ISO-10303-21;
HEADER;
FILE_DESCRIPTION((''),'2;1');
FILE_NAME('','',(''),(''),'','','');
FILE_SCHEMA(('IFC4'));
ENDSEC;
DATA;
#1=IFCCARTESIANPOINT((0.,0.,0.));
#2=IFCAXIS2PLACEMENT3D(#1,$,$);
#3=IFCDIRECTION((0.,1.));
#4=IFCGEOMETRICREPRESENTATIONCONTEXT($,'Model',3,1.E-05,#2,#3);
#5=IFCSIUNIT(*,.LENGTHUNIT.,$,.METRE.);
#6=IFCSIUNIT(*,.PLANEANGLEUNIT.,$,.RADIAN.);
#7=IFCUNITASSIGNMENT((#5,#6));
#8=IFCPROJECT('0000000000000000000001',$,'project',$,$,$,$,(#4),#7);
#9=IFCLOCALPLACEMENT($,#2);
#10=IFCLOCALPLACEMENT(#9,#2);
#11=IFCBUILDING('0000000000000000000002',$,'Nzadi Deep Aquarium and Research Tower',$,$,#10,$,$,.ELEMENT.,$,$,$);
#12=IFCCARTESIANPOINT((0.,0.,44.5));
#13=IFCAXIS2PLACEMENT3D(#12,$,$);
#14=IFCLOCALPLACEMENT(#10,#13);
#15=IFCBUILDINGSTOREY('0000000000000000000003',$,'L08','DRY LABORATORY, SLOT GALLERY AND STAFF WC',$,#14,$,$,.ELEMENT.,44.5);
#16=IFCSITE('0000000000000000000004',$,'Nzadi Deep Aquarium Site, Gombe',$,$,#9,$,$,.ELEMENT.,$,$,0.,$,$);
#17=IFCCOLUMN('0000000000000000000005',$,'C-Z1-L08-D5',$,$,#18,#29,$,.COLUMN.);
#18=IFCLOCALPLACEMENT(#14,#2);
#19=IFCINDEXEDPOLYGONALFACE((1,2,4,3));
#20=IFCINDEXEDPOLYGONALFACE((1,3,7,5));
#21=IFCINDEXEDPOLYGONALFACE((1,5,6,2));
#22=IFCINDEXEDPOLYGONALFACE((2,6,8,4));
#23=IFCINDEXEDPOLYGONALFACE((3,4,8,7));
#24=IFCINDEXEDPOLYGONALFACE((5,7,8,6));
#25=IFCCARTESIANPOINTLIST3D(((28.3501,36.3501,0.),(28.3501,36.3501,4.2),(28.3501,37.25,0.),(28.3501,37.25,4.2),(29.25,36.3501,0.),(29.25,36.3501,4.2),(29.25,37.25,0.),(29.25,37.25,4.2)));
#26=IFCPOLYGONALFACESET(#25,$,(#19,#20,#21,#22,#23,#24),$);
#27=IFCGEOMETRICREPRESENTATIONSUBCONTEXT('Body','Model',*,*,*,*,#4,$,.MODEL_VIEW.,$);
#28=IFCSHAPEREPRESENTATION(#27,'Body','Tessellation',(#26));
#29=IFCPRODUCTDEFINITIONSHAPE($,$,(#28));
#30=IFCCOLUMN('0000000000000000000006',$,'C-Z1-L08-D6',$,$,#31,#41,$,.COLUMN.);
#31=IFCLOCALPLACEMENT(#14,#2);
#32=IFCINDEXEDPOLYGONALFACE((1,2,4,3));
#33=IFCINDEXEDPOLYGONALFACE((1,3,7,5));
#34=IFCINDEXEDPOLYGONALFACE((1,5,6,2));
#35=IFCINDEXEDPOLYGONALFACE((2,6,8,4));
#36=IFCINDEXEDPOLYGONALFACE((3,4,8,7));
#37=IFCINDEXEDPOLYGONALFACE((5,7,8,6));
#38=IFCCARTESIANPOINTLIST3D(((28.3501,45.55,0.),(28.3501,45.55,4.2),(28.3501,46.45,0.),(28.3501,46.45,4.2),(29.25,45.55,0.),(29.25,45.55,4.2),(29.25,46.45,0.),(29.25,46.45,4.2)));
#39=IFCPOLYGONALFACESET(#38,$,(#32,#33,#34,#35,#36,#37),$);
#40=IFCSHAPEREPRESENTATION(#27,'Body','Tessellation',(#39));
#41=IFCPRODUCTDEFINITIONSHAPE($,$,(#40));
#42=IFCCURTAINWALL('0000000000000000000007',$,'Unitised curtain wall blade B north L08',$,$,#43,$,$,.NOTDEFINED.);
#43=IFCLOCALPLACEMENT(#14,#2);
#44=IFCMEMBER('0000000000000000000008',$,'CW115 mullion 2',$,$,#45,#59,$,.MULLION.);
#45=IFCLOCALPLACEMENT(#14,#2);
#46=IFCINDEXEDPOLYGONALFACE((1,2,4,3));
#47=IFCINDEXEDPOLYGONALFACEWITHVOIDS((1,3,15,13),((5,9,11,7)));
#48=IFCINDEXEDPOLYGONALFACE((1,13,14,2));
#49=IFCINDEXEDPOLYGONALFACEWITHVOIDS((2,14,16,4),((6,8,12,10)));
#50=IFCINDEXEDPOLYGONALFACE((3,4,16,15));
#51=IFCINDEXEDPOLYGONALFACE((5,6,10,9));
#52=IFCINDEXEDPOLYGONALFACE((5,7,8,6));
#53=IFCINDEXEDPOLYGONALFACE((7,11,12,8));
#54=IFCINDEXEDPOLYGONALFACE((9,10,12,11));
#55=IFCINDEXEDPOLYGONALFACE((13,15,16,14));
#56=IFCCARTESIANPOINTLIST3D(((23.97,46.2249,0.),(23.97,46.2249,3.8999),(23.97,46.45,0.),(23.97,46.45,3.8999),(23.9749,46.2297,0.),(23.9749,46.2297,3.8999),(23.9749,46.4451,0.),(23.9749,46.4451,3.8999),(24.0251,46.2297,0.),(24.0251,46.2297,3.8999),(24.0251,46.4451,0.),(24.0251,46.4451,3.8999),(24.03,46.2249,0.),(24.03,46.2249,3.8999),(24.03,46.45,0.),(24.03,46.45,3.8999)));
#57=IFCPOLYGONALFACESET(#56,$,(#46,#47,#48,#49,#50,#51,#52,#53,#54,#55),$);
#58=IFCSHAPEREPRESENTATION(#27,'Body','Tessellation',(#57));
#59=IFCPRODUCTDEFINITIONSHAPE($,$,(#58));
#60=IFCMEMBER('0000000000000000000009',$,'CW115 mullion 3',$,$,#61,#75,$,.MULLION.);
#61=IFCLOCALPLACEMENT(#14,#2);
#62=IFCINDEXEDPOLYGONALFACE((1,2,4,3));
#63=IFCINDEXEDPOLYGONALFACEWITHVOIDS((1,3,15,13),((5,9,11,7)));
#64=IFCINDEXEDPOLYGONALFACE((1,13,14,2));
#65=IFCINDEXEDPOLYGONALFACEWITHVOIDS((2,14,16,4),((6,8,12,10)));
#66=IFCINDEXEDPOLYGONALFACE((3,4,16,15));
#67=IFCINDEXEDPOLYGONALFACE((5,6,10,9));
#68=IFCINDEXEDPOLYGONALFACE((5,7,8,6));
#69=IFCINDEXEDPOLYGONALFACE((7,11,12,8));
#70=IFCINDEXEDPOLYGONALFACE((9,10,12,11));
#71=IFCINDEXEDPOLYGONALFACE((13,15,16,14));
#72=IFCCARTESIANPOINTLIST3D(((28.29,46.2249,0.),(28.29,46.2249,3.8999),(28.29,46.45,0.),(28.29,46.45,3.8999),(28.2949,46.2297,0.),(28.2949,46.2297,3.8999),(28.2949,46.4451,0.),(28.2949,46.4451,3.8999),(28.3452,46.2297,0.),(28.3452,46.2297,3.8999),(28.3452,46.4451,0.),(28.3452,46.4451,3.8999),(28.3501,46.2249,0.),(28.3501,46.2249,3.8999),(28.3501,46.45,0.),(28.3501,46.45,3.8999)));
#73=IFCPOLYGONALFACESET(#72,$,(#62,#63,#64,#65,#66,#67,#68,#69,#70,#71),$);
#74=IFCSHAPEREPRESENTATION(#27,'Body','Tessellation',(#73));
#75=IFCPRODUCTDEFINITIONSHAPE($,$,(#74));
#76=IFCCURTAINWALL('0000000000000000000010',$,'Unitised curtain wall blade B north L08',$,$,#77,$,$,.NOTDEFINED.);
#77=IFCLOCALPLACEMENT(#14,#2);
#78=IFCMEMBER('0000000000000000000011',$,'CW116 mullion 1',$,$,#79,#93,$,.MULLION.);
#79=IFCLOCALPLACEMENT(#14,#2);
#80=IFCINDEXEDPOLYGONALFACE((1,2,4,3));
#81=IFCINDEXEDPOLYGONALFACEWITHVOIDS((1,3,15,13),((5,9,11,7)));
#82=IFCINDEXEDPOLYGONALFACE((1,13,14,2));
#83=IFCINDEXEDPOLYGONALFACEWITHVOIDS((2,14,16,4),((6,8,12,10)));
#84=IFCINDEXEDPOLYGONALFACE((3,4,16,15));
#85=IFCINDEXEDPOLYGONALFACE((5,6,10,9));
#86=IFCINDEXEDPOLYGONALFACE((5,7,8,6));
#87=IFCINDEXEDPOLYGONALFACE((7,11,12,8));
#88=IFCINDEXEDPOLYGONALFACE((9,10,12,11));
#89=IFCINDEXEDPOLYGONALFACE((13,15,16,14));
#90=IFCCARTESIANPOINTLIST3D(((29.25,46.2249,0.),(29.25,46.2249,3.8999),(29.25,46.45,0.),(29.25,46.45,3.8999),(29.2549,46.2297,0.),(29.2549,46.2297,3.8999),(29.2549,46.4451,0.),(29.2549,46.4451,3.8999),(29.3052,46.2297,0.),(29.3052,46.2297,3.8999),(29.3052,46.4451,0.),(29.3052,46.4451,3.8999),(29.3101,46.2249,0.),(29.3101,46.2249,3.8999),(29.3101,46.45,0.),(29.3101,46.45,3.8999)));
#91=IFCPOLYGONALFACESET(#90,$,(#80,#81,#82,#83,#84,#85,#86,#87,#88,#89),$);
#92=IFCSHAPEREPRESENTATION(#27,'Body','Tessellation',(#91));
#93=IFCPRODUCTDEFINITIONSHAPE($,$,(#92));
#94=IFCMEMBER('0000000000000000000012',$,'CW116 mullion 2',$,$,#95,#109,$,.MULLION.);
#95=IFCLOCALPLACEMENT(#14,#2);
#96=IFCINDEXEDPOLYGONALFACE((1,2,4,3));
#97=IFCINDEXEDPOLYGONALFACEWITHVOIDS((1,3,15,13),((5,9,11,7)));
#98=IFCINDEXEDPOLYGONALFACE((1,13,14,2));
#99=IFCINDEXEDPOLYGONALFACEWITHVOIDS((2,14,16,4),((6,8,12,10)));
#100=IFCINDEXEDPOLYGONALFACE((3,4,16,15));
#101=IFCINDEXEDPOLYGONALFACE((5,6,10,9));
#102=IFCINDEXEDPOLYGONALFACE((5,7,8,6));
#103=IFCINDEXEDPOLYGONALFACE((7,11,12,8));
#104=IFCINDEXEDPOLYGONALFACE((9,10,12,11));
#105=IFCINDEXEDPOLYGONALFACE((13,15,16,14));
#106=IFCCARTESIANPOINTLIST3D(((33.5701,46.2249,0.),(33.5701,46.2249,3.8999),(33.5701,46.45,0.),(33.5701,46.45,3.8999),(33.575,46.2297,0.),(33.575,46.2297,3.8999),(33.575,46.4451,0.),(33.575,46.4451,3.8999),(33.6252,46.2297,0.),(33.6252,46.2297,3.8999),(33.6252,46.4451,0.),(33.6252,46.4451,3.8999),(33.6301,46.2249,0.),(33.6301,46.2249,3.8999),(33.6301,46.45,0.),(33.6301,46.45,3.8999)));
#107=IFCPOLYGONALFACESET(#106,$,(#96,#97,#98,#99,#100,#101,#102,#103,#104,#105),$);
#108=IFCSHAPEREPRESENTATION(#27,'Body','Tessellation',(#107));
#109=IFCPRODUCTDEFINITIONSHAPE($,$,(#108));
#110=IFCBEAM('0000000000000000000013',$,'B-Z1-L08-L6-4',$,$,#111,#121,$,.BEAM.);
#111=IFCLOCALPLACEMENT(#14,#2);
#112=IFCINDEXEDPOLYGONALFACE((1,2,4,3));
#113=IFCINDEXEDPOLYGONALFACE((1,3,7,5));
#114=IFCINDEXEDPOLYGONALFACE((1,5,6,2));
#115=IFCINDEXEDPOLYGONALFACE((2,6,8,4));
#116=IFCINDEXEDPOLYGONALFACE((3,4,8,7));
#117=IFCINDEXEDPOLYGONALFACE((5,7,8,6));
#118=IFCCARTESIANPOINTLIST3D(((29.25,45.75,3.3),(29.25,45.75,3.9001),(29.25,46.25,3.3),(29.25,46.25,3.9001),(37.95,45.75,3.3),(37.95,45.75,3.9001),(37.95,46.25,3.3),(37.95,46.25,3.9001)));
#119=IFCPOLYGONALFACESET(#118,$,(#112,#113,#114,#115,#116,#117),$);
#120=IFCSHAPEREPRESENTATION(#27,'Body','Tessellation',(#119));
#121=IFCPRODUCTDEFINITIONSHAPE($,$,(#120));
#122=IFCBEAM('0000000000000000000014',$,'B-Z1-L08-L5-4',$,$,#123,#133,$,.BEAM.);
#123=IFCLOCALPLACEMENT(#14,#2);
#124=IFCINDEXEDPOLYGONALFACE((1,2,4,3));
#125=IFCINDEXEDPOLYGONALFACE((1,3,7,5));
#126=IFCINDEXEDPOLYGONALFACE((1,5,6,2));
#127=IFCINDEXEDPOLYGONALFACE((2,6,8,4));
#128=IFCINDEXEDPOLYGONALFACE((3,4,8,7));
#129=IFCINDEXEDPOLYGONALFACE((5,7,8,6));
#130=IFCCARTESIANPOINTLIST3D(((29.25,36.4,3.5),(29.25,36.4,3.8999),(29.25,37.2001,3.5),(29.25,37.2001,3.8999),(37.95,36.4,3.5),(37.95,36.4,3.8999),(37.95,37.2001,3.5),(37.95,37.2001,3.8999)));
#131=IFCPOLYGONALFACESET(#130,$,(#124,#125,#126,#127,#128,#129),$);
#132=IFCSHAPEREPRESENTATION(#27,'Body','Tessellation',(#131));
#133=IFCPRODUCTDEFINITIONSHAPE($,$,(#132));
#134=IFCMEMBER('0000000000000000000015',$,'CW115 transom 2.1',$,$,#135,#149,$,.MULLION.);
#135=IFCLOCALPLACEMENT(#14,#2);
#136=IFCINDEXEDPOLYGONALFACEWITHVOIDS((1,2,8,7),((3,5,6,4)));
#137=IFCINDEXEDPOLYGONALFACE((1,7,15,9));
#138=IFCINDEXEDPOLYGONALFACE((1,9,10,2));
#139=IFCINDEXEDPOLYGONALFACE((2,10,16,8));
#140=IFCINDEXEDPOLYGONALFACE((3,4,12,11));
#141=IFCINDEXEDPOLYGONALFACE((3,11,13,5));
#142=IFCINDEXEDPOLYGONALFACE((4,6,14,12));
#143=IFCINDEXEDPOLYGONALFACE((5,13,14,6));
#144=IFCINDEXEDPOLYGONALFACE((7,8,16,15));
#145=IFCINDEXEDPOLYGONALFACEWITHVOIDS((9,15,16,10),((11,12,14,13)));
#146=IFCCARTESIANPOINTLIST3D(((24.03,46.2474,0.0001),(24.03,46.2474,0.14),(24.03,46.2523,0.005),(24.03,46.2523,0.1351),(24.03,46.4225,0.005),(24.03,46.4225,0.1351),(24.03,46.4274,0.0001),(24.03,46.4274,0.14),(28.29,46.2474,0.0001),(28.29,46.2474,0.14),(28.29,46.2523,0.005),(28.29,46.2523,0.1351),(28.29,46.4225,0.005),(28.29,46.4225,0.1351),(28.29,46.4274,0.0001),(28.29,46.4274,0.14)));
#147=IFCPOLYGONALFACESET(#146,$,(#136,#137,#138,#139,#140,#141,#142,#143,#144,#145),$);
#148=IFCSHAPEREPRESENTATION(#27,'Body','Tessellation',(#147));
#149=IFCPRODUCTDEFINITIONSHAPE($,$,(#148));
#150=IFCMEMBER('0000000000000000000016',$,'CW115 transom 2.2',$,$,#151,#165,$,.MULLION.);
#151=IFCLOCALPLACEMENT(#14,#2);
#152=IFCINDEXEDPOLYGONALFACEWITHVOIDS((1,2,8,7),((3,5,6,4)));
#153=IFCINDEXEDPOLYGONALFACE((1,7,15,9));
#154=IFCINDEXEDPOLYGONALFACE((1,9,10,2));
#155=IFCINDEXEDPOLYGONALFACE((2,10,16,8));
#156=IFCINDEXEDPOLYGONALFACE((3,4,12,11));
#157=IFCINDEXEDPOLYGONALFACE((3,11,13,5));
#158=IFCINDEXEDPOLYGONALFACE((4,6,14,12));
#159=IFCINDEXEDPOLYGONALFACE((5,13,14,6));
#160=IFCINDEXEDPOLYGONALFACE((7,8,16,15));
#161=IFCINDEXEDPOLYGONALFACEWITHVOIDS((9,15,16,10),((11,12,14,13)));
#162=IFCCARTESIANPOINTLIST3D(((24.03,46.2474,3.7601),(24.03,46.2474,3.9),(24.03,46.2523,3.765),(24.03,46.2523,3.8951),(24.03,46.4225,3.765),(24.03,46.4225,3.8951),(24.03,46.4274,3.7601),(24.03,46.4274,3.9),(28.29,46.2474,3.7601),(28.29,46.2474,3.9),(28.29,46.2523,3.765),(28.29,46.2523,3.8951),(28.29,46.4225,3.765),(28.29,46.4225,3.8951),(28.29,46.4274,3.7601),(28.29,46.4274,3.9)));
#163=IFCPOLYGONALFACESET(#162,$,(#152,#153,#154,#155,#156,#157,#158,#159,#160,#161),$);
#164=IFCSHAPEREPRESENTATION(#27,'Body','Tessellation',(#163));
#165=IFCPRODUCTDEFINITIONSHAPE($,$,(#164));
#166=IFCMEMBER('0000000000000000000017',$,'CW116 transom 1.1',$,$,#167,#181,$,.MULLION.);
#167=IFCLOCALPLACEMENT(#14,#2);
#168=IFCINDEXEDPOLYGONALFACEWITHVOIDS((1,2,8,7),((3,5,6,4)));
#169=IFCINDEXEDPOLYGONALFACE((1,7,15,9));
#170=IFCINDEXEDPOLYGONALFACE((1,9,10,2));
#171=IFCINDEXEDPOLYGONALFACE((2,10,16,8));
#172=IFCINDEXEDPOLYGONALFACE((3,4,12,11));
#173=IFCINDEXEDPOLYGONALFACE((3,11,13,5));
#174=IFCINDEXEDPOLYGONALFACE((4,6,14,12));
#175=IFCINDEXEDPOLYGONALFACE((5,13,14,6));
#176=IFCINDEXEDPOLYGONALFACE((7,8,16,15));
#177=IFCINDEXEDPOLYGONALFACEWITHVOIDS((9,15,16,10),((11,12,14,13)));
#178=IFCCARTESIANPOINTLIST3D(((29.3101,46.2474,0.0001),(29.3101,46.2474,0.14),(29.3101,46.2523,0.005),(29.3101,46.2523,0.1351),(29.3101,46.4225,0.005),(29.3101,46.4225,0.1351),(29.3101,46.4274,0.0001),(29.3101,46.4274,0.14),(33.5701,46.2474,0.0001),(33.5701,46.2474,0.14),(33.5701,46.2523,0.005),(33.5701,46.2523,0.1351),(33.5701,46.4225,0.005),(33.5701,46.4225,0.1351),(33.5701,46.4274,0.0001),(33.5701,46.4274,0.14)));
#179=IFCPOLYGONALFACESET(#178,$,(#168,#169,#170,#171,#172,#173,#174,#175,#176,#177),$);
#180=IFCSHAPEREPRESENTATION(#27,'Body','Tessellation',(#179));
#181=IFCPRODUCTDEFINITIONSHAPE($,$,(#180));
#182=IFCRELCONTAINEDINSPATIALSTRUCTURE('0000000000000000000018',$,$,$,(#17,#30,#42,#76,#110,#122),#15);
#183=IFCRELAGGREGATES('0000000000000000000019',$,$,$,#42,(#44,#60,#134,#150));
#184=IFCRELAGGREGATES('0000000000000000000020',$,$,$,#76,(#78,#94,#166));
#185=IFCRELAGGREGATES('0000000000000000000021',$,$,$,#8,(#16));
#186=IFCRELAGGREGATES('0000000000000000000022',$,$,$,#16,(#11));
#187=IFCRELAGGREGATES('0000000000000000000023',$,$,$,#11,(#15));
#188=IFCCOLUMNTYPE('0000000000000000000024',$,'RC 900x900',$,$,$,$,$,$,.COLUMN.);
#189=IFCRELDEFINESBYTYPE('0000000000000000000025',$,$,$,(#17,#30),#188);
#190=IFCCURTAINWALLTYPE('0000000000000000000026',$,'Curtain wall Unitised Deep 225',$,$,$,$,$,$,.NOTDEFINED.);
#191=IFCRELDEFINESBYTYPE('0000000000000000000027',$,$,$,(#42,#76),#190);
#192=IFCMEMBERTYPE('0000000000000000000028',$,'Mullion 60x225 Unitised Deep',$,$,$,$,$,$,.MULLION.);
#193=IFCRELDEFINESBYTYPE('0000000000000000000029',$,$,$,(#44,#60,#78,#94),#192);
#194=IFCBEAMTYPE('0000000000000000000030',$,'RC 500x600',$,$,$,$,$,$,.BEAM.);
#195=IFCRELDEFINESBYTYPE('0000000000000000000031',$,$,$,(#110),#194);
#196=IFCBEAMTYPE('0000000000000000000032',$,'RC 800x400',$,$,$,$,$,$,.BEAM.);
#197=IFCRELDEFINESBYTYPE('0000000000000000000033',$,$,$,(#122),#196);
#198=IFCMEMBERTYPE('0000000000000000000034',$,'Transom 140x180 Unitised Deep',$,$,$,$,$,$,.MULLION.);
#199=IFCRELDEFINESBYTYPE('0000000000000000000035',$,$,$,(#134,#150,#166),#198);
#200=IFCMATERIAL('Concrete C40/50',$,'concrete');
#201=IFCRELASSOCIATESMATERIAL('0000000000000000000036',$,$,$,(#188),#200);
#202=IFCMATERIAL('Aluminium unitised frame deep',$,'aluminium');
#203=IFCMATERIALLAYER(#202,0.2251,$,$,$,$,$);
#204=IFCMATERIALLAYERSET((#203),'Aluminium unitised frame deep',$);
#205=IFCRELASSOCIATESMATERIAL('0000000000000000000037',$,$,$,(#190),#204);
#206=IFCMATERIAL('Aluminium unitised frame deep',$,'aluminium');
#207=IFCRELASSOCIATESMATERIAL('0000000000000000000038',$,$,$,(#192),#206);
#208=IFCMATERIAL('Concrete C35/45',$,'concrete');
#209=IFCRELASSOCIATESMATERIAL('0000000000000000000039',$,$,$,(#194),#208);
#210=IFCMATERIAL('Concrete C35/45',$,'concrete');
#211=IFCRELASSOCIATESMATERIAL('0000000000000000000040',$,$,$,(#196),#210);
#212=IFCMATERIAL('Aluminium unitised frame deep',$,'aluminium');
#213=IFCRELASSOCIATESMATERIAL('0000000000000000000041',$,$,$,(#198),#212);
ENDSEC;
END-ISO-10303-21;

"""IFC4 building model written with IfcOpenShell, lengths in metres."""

from ifc_helpers import new_model, si_unit, direction, frame, origin, origin_2d, place, context, subcontext, project, spatial, rectangle, hollow_rectangle, extrude, material, layer, layer_set, material_profile, profile_set, type_object, element, aggregate, save


model = new_model("IFC4")

# Units and contexts
model_context = context("Model", 3, precision=1e-05, world=origin(), true_north=direction((0.0, 1.0)))
body_context = subcontext(model_context, "Body", "Model", "MODEL_VIEW")
ifc_project = project(units=[si_unit("LENGTHUNIT", "METRE"), si_unit("PLANEANGLEUNIT", "RADIAN")], contexts=[model_context])

# Site, building, storey
site_placement = place(None, origin())
site = spatial("IfcSite", under=ifc_project, at=site_placement, Name="Nzadi Deep Aquarium Site, Gombe", CompositionType="ELEMENT", RefElevation=0.0)
building_placement = place(site_placement, origin())
building = spatial("IfcBuilding", under=site, at=building_placement, Name="Nzadi Deep Aquarium and Research Tower", CompositionType="ELEMENT")
storey_placement = place(building_placement, frame((0.0, 0.0, 44.5)))
storey = spatial("IfcBuildingStorey", under=building, at=storey_placement, Name="L08", Description="DRY LABORATORY, SLOT GALLERY AND STAFF WC", CompositionType="ELEMENT", Elevation=44.5)

# Columns
ifc_material_1 = material(Name="Concrete C40/50", Category="concrete")
ifc_material_profile_1 = material_profile(ifc_material_1, rectangle(XDim=0.8999, YDim=0.8999, at=origin_2d()))
ifc_profile_set_1 = profile_set([ifc_material_profile_1], Name="Concrete C40/50")
column_type = type_object("IfcColumnType", Name="RC 900x900", PredefinedType="COLUMN", material=ifc_profile_set_1)
for number, where, z_axis, x_axis, name in (
    (1, (28.8, 36.8, 0.0), (0.0, 0.0, 1.0), (1.0, 0.0, 0.0), "C-Z1-L08-D5"),
    (2, (28.8, 46.0, 0.0), (0.0, 0.0, 1.0), (1.0, 0.0, 0.0), "C-Z1-L08-D6"),
):
    element("IfcColumn", number, at=place(storey_placement, frame(where, z_axis=z_axis, x_axis=x_axis)), inside=storey, type_object=column_type, Name=name, PredefinedType="COLUMN", context=body_context, shape_type="SweptSolid", body=[
        extrude(rectangle(XDim=0.8999, YDim=0.8999, at=origin_2d()), origin(), (0.0, 0.0, 1.0), 4.2),
    ])

# Curtain walls, members
ifc_material_2 = material(Name="Aluminium unitised frame deep", Category="aluminium")
ifc_layer_1 = layer(ifc_material_2, 0.2251)
ifc_layer_set_1 = layer_set([ifc_layer_1], Name="Aluminium unitised frame deep")
curtain_wall_type = type_object("IfcCurtainWallType", Name="Curtain wall Unitised Deep 225", PredefinedType="NOTDEFINED", material=ifc_layer_set_1)
curtain_wall_1_placement = place(storey_placement, origin())
curtain_wall_1 = element("IfcCurtainWall", 3, at=curtain_wall_1_placement, inside=storey, type_object=curtain_wall_type, Name="Unitised curtain wall blade B north L08", PredefinedType="NOTDEFINED")
ifc_material_3 = material(Name="Aluminium unitised frame deep", Category="aluminium")
ifc_material_profile_2 = material_profile(ifc_material_3, hollow_rectangle(XDim=0.2251, YDim=0.0601, WallThickness=0.0049, at=origin_2d()))
ifc_profile_set_2 = profile_set([ifc_material_profile_2], Name="Aluminium unitised frame deep")
member_type_1 = type_object("IfcMemberType", Name="Mullion 60x225 Unitised Deep", PredefinedType="MULLION", material=ifc_profile_set_2)
member_1_placement = place(storey_placement, frame((24.0, 46.3374, 0.0), z_axis=(0.0, 0.0, 1.0), x_axis=(0.0, 1.0, 0.0)))
member_1 = element("IfcMember", 4, at=member_1_placement, type_object=member_type_1, Name="CW115 mullion 2", PredefinedType="MULLION", context=body_context, shape_type="SweptSolid", body=[
    extrude(hollow_rectangle(XDim=0.2251, YDim=0.0601, WallThickness=0.0049, at=origin_2d()), origin(), (0.0, 0.0, 1.0), 3.8999),
])
member_2_placement = place(storey_placement, frame((28.3201, 46.3374, 0.0), z_axis=(0.0, 0.0, 1.0), x_axis=(0.0, 1.0, 0.0)))
member_2 = element("IfcMember", 5, at=member_2_placement, type_object=member_type_1, Name="CW115 mullion 3", PredefinedType="MULLION", context=body_context, shape_type="SweptSolid", body=[
    extrude(hollow_rectangle(XDim=0.2251, YDim=0.0601, WallThickness=0.0049, at=origin_2d()), origin(), (0.0, 0.0, 1.0), 3.8999),
])
curtain_wall_2_placement = place(storey_placement, origin())
curtain_wall_2 = element("IfcCurtainWall", 6, at=curtain_wall_2_placement, inside=storey, type_object=curtain_wall_type, Name="Unitised curtain wall blade B north L08", PredefinedType="NOTDEFINED")
member_3_placement = place(storey_placement, frame((29.28, 46.3374, 0.0), z_axis=(0.0, 0.0, 1.0), x_axis=(0.0, 1.0, 0.0)))
member_3 = element("IfcMember", 7, at=member_3_placement, type_object=member_type_1, Name="CW116 mullion 1", PredefinedType="MULLION", context=body_context, shape_type="SweptSolid", body=[
    extrude(hollow_rectangle(XDim=0.2251, YDim=0.0601, WallThickness=0.0049, at=origin_2d()), origin(), (0.0, 0.0, 1.0), 3.8999),
])
member_4_placement = place(storey_placement, frame((33.6001, 46.3374, 0.0), z_axis=(0.0, 0.0, 1.0), x_axis=(0.0, 1.0, 0.0)))
member_4 = element("IfcMember", 8, at=member_4_placement, type_object=member_type_1, Name="CW116 mullion 2", PredefinedType="MULLION", context=body_context, shape_type="SweptSolid", body=[
    extrude(hollow_rectangle(XDim=0.2251, YDim=0.0601, WallThickness=0.0049, at=origin_2d()), origin(), (0.0, 0.0, 1.0), 3.8999),
])

# Beams
ifc_material_4 = material(Name="Concrete C35/45", Category="concrete")
ifc_material_profile_3 = material_profile(ifc_material_4, rectangle(XDim=0.5, YDim=0.6001, at=origin_2d()))
ifc_profile_set_3 = profile_set([ifc_material_profile_3], Name="Concrete C35/45")
beam_type_1 = type_object("IfcBeamType", Name="RC 500x600", PredefinedType="BEAM", material=ifc_profile_set_3)
beam_1_placement = place(storey_placement, frame((29.25, 46.0, 3.6001), z_axis=(1.0, 0.0, 0.0), x_axis=(0.0, 1.0, 0.0)))
element("IfcBeam", 9, at=beam_1_placement, inside=storey, type_object=beam_type_1, Name="B-Z1-L08-L6-4", PredefinedType="BEAM", context=body_context, shape_type="SweptSolid", body=[
    extrude(rectangle(XDim=0.5, YDim=0.6001, at=origin_2d()), origin(), (0.0, 0.0, 1.0), 8.7),
])
ifc_material_5 = material(Name="Concrete C35/45", Category="concrete")
ifc_material_profile_4 = material_profile(ifc_material_5, rectangle(XDim=0.8, YDim=0.3999, at=origin_2d()))
ifc_profile_set_4 = profile_set([ifc_material_profile_4], Name="Concrete C35/45")
beam_type_2 = type_object("IfcBeamType", Name="RC 800x400", PredefinedType="BEAM", material=ifc_profile_set_4)
beam_2_placement = place(storey_placement, frame((29.25, 36.8, 3.7), z_axis=(1.0, 0.0, 0.0), x_axis=(0.0, 1.0, 0.0)))
element("IfcBeam", 10, at=beam_2_placement, inside=storey, type_object=beam_type_2, Name="B-Z1-L08-L5-4", PredefinedType="BEAM", context=body_context, shape_type="SweptSolid", body=[
    extrude(rectangle(XDim=0.8, YDim=0.3999, at=origin_2d()), origin(), (0.0, 0.0, 1.0), 8.7),
])

# Members
ifc_material_6 = material(Name="Aluminium unitised frame deep", Category="aluminium")
ifc_material_profile_5 = material_profile(ifc_material_6, hollow_rectangle(XDim=0.1799, YDim=0.1399, WallThickness=0.0049, at=origin_2d()))
ifc_profile_set_5 = profile_set([ifc_material_profile_5], Name="Aluminium unitised frame deep")
member_type_2 = type_object("IfcMemberType", Name="Transom 140x180 Unitised Deep", PredefinedType="MULLION", material=ifc_profile_set_5)
member_5_placement = place(storey_placement, frame((24.03, 46.3374, 0.0701), z_axis=(1.0, 0.0, 0.0), x_axis=(0.0, 1.0, 0.0)))
member_5 = element("IfcMember", 11, at=member_5_placement, type_object=member_type_2, Name="CW115 transom 2.1", PredefinedType="MULLION", context=body_context, shape_type="SweptSolid", body=[
    extrude(hollow_rectangle(XDim=0.1799, YDim=0.1399, WallThickness=0.0049, at=origin_2d()), origin(), (0.0, 0.0, 1.0), 4.26),
])
member_6_placement = place(storey_placement, frame((24.03, 46.3374, 3.8301), z_axis=(1.0, 0.0, 0.0), x_axis=(0.0, 1.0, 0.0)))
member_6 = element("IfcMember", 12, at=member_6_placement, type_object=member_type_2, Name="CW115 transom 2.2", PredefinedType="MULLION", context=body_context, shape_type="SweptSolid", body=[
    extrude(hollow_rectangle(XDim=0.1799, YDim=0.1399, WallThickness=0.0049, at=origin_2d()), origin(), (0.0, 0.0, 1.0), 4.26),
])
member_7_placement = place(storey_placement, frame((29.3101, 46.3374, 0.0701), z_axis=(1.0, 0.0, 0.0), x_axis=(0.0, 1.0, 0.0)))
member_7 = element("IfcMember", 13, at=member_7_placement, type_object=member_type_2, Name="CW116 transom 1.1", PredefinedType="MULLION", context=body_context, shape_type="SweptSolid", body=[
    extrude(hollow_rectangle(XDim=0.1799, YDim=0.1399, WallThickness=0.0049, at=origin_2d()), origin(), (0.0, 0.0, 1.0), 4.26),
])

aggregate(curtain_wall_1, [member_1, member_2, member_5, member_6])
aggregate(curtain_wall_2, [member_3, member_4, member_7])

save(model, "model.ifc")
